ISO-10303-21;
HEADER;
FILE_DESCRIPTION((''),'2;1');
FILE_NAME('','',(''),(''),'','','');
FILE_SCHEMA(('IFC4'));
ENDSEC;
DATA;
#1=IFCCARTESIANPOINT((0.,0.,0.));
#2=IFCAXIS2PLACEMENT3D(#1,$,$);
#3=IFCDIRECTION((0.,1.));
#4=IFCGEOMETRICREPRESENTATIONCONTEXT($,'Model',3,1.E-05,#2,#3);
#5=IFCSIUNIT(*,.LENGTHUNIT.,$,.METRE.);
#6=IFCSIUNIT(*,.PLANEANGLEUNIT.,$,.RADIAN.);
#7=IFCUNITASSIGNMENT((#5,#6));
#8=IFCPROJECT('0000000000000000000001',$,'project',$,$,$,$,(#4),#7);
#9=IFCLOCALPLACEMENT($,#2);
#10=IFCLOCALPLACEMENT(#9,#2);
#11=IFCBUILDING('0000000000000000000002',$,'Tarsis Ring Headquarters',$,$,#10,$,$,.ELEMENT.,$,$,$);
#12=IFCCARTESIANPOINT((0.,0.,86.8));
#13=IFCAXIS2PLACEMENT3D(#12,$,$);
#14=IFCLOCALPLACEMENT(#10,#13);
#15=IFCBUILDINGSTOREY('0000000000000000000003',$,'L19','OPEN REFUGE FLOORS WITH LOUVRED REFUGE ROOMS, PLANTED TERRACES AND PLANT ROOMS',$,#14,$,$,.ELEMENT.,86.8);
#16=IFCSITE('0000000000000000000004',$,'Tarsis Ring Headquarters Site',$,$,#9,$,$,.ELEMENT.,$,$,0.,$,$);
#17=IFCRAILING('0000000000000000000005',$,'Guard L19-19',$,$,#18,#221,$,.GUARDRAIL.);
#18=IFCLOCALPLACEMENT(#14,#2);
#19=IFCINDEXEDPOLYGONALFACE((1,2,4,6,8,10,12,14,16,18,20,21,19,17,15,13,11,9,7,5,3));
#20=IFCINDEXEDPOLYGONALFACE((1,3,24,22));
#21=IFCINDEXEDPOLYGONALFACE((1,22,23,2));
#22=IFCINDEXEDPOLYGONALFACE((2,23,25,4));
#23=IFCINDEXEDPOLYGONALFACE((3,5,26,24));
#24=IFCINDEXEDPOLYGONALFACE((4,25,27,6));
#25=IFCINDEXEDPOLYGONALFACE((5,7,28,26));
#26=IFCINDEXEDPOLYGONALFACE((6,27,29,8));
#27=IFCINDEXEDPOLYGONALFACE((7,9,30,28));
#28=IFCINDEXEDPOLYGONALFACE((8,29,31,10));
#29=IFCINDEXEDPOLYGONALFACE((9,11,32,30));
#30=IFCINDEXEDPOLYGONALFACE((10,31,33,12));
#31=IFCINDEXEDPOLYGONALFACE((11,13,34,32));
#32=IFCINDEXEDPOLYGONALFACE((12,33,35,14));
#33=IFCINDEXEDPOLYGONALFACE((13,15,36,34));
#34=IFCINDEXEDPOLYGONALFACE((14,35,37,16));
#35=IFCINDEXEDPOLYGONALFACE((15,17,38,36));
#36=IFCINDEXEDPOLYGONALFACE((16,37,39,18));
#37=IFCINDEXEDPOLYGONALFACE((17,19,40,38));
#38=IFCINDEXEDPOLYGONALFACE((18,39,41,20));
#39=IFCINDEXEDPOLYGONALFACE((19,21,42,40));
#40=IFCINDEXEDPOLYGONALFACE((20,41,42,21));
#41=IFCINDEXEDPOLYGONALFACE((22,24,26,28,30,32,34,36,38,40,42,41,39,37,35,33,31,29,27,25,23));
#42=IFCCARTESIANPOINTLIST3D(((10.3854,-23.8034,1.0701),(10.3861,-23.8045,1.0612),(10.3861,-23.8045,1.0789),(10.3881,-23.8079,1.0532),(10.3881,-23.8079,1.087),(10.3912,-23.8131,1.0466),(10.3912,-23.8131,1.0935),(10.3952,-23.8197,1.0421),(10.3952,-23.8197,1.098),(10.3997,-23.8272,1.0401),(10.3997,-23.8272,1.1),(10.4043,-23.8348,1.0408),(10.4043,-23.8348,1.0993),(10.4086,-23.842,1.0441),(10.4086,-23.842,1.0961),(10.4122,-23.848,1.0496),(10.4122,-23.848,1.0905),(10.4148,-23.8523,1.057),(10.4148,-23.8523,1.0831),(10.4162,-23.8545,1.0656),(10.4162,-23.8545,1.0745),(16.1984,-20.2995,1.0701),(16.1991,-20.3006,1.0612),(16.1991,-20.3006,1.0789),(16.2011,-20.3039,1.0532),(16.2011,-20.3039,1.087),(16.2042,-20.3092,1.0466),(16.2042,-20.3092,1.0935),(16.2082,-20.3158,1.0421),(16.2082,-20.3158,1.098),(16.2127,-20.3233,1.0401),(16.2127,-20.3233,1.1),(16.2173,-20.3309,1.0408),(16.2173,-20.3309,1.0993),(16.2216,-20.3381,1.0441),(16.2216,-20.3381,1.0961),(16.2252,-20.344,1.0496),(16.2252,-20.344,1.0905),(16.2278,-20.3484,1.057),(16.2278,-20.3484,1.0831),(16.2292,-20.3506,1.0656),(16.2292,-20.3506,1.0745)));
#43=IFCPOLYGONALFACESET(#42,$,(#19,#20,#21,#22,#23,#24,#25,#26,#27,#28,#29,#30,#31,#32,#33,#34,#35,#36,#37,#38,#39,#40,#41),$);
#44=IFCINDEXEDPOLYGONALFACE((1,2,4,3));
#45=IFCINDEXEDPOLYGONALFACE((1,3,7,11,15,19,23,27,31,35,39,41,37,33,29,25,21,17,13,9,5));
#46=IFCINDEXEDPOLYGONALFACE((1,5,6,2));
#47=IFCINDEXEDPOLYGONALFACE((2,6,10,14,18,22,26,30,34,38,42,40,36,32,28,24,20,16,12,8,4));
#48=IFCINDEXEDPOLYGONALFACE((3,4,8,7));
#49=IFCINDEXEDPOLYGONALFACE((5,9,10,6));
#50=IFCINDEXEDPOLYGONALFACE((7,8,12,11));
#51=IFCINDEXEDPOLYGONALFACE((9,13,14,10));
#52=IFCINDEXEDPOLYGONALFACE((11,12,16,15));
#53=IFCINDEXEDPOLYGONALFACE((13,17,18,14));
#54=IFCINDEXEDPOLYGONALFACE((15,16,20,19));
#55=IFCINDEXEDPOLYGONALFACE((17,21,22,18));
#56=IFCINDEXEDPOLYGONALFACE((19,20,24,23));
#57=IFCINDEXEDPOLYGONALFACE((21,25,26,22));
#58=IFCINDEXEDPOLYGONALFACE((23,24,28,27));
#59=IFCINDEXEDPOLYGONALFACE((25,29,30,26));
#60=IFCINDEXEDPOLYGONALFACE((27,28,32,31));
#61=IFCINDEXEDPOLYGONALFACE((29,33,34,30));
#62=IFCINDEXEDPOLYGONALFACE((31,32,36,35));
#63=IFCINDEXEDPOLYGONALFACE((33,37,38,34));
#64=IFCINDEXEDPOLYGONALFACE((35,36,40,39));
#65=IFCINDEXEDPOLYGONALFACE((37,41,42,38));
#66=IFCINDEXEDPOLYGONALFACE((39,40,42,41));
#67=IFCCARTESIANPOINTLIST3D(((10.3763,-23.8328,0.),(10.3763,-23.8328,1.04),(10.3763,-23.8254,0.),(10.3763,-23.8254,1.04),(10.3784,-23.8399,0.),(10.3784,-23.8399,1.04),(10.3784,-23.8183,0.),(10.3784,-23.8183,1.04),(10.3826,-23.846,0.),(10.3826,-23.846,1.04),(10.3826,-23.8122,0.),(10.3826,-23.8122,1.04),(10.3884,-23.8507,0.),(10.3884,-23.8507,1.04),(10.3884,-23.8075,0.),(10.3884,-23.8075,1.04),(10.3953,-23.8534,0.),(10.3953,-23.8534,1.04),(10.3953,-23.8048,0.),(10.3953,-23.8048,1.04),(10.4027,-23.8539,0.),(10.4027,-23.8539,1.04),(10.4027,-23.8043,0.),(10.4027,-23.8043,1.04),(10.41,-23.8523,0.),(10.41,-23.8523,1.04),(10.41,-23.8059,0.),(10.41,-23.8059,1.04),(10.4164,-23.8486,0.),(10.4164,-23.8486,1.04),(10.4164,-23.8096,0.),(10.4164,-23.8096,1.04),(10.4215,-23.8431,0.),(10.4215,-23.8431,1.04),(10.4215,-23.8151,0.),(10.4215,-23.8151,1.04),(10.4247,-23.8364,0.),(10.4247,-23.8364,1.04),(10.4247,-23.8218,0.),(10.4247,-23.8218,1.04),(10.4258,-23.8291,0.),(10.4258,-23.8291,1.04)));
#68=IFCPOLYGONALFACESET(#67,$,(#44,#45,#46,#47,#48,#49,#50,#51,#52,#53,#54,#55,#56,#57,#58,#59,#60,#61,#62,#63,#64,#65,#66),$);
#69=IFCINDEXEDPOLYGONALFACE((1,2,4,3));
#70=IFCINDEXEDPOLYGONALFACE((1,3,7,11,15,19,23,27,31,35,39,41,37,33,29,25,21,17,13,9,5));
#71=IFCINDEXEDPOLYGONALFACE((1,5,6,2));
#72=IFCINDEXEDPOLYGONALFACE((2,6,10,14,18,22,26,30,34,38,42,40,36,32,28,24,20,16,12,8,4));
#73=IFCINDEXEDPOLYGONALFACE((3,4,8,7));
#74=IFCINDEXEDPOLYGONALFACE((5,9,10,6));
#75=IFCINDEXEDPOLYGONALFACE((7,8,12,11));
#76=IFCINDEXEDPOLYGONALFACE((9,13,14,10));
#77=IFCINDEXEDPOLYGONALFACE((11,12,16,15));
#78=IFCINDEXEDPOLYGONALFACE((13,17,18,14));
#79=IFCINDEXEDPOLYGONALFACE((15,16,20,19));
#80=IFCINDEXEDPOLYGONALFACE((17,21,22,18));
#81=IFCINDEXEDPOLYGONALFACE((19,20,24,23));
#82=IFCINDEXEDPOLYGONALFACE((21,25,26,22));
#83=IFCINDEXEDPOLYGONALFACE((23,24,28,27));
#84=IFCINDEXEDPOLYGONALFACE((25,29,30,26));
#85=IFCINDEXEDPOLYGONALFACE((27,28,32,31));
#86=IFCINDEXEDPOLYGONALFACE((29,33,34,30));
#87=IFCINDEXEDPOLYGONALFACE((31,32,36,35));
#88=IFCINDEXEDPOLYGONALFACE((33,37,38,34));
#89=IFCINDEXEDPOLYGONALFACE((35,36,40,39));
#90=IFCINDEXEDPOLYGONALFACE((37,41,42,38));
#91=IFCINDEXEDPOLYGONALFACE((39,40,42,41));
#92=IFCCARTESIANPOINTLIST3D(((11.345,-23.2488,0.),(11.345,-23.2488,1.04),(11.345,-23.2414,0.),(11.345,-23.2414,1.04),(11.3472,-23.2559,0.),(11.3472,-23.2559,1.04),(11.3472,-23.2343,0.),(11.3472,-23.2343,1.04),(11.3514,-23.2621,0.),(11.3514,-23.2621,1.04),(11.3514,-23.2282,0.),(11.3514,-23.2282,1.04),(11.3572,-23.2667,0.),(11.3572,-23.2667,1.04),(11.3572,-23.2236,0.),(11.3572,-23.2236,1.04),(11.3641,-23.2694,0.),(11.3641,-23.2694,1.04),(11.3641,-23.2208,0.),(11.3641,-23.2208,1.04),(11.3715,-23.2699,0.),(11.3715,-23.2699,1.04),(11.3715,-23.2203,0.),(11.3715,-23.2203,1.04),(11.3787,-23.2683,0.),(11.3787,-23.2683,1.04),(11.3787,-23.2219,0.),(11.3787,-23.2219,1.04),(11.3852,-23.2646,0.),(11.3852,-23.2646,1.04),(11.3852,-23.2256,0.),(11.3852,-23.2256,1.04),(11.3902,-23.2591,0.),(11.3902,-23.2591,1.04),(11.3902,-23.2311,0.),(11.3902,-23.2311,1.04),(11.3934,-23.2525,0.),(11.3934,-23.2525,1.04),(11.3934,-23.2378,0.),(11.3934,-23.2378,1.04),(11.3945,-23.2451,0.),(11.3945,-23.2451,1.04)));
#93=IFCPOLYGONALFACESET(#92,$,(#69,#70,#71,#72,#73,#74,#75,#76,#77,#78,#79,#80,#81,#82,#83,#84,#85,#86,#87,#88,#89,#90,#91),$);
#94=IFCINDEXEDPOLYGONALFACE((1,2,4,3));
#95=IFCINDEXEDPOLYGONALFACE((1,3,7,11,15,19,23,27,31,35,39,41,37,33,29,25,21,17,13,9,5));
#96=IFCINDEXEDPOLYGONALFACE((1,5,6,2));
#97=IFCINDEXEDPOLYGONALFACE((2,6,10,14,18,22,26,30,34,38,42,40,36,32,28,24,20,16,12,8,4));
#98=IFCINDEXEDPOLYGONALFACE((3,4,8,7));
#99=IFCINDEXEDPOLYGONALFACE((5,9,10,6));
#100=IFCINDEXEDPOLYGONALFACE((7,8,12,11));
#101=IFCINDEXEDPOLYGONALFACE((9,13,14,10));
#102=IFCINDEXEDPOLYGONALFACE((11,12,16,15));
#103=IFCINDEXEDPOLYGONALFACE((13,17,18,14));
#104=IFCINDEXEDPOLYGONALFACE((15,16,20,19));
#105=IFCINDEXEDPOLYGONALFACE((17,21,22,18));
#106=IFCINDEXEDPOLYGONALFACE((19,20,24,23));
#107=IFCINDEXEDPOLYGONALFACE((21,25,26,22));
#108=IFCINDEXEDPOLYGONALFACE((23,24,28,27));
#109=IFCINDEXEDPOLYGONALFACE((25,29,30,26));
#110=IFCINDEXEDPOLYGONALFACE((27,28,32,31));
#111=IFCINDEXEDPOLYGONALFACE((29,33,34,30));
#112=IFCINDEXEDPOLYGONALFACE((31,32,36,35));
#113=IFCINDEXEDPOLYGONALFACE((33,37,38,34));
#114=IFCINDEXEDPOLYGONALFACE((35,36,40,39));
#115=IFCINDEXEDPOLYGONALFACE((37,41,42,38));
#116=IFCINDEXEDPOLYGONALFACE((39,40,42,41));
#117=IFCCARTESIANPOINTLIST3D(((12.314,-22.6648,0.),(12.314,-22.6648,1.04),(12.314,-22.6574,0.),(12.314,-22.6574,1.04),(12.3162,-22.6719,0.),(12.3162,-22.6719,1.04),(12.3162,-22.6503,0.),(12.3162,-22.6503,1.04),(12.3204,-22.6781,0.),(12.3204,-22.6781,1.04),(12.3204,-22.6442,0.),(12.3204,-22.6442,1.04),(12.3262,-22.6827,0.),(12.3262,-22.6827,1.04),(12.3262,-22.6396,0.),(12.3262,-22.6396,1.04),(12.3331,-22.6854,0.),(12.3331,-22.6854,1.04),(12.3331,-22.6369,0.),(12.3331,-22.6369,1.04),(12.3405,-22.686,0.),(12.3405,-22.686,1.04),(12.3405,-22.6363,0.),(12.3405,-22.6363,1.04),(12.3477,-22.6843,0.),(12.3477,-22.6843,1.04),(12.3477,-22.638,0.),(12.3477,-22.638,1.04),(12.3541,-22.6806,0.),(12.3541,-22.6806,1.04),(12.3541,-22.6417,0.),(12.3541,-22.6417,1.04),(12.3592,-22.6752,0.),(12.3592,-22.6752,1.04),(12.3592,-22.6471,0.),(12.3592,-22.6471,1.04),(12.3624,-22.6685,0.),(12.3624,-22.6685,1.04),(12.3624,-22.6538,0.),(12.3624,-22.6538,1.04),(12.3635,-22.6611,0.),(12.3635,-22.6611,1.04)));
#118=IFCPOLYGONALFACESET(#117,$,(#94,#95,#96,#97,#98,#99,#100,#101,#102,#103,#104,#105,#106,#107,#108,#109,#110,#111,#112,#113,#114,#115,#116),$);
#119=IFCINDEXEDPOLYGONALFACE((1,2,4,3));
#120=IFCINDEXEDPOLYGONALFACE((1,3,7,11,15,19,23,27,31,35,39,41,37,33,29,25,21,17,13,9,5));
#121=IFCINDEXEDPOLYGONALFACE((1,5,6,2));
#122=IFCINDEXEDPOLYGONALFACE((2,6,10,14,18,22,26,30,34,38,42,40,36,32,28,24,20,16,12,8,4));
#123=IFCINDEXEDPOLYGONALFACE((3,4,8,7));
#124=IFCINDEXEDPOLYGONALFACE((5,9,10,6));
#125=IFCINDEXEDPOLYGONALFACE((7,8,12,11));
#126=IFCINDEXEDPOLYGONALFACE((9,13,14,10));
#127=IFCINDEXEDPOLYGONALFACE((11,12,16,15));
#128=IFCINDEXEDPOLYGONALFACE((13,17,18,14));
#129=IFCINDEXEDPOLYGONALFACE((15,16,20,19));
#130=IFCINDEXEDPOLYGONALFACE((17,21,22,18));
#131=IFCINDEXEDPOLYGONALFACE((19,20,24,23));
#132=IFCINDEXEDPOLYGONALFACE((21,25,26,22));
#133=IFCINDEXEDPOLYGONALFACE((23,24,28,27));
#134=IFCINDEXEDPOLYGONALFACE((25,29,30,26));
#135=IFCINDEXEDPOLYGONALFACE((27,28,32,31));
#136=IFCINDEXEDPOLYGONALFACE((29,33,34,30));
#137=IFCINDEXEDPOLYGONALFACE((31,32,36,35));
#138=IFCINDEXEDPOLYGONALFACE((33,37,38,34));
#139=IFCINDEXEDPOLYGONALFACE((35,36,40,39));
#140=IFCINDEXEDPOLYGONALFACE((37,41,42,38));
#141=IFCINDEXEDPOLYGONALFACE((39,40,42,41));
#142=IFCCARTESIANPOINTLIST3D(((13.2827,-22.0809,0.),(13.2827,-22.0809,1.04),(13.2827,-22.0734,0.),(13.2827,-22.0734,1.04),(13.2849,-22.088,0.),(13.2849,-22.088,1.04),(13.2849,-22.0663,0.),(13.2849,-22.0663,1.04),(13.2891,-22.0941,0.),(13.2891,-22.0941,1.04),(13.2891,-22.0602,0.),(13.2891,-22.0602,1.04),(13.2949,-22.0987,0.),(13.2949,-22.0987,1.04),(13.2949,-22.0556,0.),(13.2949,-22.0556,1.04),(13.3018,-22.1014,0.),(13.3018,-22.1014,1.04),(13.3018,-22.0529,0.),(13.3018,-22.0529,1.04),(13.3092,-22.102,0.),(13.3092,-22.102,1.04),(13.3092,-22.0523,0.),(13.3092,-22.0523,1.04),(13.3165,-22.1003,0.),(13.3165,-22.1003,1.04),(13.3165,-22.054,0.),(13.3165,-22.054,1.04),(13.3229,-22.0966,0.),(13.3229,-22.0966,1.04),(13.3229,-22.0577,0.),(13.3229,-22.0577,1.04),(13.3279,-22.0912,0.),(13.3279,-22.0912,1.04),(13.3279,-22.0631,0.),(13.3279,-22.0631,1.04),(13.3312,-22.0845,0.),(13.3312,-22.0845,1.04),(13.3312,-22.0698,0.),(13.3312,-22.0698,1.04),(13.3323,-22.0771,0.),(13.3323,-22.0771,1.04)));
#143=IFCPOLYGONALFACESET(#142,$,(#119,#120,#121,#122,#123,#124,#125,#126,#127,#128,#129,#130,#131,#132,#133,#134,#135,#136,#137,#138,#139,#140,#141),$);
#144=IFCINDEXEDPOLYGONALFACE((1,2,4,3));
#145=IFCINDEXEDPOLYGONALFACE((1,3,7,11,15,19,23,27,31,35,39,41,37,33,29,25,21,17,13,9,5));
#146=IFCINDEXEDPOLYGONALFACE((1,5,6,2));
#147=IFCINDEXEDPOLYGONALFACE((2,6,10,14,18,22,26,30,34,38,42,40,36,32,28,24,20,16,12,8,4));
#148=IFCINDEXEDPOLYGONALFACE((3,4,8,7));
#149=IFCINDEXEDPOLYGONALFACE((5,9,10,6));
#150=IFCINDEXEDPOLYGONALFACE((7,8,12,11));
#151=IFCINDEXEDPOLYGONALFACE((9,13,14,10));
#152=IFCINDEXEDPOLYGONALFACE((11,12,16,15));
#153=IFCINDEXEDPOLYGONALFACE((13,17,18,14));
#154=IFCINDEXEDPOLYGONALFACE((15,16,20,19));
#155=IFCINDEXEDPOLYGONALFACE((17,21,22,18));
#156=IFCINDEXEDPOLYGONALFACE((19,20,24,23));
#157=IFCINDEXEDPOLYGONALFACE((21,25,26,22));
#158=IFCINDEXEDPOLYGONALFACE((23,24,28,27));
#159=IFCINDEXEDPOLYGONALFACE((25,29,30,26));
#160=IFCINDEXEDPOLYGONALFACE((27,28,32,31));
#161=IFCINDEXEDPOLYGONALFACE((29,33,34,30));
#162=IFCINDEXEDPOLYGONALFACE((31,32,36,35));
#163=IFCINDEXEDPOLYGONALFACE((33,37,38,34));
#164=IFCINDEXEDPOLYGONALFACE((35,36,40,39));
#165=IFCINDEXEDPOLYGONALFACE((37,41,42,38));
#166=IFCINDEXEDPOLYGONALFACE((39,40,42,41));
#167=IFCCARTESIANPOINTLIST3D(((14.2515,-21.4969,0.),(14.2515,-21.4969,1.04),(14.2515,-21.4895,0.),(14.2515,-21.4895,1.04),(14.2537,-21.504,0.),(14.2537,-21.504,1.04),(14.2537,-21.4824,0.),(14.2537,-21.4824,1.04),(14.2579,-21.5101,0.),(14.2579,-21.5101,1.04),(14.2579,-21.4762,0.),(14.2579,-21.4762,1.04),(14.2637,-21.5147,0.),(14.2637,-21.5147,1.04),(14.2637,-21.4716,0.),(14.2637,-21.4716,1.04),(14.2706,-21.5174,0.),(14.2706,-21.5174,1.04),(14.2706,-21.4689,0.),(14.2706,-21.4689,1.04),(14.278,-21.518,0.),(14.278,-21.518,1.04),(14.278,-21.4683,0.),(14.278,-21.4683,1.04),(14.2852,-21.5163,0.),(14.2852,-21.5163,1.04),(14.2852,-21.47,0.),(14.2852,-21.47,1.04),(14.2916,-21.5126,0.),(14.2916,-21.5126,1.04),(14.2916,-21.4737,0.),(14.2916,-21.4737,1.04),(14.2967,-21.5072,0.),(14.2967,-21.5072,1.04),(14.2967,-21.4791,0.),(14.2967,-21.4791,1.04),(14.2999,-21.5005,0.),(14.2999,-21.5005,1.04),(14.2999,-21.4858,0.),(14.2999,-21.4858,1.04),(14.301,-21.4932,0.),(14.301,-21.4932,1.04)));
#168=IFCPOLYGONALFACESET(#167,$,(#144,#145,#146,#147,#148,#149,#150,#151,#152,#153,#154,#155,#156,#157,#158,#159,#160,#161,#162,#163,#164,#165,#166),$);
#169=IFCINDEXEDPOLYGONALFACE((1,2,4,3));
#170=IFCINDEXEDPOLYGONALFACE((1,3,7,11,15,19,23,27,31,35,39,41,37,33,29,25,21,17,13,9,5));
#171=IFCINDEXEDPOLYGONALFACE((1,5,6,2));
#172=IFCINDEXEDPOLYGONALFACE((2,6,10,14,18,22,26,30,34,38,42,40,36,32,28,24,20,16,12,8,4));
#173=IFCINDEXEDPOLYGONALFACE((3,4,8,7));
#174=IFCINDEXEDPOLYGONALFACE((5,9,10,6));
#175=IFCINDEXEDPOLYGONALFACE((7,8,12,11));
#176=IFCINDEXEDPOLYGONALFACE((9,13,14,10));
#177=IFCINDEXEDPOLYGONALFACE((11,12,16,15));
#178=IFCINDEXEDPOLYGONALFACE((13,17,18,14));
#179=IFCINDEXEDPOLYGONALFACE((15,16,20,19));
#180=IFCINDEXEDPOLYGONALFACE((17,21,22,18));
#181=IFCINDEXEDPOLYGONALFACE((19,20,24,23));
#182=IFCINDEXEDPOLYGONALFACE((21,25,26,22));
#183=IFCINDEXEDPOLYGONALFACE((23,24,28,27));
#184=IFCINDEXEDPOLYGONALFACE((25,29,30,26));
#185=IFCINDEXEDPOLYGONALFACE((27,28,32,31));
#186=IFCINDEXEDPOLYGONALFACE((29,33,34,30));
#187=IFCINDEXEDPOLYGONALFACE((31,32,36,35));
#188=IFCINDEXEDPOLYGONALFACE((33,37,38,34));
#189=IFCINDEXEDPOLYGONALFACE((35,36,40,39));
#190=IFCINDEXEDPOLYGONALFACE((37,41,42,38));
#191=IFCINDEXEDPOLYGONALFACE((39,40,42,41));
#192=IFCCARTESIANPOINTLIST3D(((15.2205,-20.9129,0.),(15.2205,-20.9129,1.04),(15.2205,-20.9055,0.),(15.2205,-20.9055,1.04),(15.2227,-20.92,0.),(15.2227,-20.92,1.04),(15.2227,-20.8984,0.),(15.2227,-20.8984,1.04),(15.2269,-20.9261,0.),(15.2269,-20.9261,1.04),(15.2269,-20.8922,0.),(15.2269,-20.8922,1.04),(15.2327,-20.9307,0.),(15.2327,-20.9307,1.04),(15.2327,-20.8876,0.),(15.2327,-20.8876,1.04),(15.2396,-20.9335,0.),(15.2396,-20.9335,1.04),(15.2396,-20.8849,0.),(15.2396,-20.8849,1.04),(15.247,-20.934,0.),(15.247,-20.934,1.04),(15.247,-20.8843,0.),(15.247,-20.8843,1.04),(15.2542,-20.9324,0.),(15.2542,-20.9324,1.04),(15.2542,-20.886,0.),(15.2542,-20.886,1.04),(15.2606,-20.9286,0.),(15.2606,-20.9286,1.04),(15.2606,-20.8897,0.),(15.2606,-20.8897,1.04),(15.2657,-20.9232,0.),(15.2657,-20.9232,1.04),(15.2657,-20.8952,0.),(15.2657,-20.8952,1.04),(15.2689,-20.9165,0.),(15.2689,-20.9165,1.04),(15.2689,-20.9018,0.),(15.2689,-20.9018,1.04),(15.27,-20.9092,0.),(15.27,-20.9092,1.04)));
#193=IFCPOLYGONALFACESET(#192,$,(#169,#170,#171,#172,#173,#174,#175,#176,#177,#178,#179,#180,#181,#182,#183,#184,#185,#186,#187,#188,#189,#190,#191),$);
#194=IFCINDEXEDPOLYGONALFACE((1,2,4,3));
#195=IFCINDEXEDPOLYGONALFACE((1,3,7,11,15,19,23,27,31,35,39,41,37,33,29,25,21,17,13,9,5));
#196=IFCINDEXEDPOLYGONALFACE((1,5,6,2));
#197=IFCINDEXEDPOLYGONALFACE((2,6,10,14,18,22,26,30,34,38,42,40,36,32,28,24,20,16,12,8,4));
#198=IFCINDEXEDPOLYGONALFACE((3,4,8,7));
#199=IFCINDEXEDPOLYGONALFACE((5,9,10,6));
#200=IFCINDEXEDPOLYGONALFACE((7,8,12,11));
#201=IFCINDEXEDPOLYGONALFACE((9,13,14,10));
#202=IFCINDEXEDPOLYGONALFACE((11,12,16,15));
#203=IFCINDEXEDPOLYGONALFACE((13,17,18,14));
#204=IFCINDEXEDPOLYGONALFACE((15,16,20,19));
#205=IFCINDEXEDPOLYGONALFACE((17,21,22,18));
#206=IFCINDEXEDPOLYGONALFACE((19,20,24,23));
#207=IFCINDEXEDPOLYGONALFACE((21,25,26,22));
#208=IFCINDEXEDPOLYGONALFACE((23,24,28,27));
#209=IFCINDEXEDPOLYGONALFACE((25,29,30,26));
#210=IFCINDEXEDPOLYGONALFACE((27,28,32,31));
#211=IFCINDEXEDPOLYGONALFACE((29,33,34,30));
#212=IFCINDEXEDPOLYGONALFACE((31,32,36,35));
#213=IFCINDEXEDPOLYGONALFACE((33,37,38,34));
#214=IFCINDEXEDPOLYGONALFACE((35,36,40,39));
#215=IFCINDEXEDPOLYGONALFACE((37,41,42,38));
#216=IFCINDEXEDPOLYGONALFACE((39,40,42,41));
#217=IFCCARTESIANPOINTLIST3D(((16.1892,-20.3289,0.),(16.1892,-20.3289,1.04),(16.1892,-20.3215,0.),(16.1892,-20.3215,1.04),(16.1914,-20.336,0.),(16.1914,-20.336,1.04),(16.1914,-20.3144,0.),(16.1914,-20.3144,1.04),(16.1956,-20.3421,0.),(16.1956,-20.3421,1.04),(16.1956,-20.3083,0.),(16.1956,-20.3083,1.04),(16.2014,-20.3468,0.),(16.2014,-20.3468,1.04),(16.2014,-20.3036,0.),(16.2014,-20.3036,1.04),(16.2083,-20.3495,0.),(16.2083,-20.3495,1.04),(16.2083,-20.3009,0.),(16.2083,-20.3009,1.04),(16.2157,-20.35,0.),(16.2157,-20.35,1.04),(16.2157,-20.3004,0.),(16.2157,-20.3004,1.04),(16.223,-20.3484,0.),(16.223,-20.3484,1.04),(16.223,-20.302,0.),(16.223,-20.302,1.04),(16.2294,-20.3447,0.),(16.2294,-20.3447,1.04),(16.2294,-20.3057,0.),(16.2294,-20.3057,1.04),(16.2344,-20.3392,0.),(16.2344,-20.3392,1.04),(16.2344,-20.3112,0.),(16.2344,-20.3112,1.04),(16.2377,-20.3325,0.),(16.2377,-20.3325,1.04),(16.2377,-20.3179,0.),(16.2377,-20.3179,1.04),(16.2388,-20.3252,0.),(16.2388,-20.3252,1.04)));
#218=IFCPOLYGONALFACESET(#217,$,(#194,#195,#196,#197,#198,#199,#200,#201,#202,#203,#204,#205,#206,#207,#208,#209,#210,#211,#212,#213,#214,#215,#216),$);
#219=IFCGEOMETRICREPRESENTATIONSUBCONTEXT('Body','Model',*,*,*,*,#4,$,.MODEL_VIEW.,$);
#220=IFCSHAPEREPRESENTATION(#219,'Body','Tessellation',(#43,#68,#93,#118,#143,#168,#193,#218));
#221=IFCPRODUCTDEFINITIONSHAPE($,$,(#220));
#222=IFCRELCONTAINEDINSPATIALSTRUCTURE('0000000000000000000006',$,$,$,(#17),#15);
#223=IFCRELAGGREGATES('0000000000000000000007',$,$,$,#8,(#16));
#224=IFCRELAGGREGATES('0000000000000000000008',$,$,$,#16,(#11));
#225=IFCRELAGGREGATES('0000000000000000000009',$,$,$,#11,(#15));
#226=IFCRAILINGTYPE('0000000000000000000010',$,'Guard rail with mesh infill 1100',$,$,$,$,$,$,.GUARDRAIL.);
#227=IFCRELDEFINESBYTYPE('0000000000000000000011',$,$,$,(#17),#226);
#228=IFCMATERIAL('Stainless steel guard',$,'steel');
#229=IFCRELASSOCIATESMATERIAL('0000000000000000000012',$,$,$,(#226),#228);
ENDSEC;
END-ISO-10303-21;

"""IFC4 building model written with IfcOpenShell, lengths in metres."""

from ifc_helpers import new_model, si_unit, direction, frame, origin, origin_2d, place, context, subcontext, project, spatial, circle, extrude, material, type_object, element, save


model = new_model("IFC4")

# Units and contexts
model_context = context("Model", 3, precision=1e-05, world=origin(), true_north=direction((0.0, 1.0)))
body_context = subcontext(model_context, "Body", "Model", "MODEL_VIEW")
ifc_project = project(units=[si_unit("LENGTHUNIT", "METRE"), si_unit("PLANEANGLEUNIT", "RADIAN")], contexts=[model_context])

# Site, building, storey
site_placement = place(None, origin())
site = spatial("IfcSite", under=ifc_project, at=site_placement, Name="Tarsis Ring Headquarters Site", CompositionType="ELEMENT", RefElevation=0.0)
building_placement = place(site_placement, origin())
building = spatial("IfcBuilding", under=site, at=building_placement, Name="Tarsis Ring Headquarters", CompositionType="ELEMENT")
storey_placement = place(building_placement, frame((0.0, 0.0, 86.8)))
storey = spatial("IfcBuildingStorey", under=building, at=storey_placement, Name="L19", Description="OPEN REFUGE FLOORS WITH LOUVRED REFUGE ROOMS, PLANTED TERRACES AND PLANT ROOMS", CompositionType="ELEMENT", Elevation=86.8)

# Railing
ifc_material_1 = material(Name="Stainless steel guard", Category="steel")
railing_type = type_object("IfcRailingType", Name="Guard rail with mesh infill 1100", PredefinedType="GUARDRAIL", material=ifc_material_1)
railing_1_placement = place(storey_placement, frame((10.4009, -23.8291, 0.0)))
element("IfcRailing", 1, at=railing_1_placement, inside=storey, type_object=railing_type, Name="Guard L19-19", PredefinedType="GUARDRAIL", context=body_context, shape_type="SweptSolid", body=[
    extrude(circle(Radius=0.03, at=origin_2d()), frame((0.0, 0.0, 1.0701), z_axis=(0.856444, 0.51624, 0.0), x_axis=(-0.51624, 0.856444, 0.0)), (0.0, 0.0, 1.0), 6.7874),
    extrude(circle(Radius=0.0249, at=origin_2d()), origin(), (0.0, 0.0, 1.0), 1.04),
    extrude(circle(Radius=0.0249, at=origin_2d()), frame((0.9688, 0.584, 0.0)), (0.0, 0.0, 1.0), 1.04),
    extrude(circle(Radius=0.0249, at=origin_2d()), frame((1.9377, 1.168, 0.0)), (0.0, 0.0, 1.0), 1.04),
    extrude(circle(Radius=0.0249, at=origin_2d()), frame((2.9065, 1.752, 0.0)), (0.0, 0.0, 1.0), 1.04),
    extrude(circle(Radius=0.0249, at=origin_2d()), frame((3.8752, 2.3359, 0.0)), (0.0, 0.0, 1.0), 1.04),
    extrude(circle(Radius=0.0249, at=origin_2d()), frame((4.8442, 2.9199, 0.0)), (0.0, 0.0, 1.0), 1.04),
    extrude(circle(Radius=0.0249, at=origin_2d()), frame((5.813, 3.5039, 0.0)), (0.0, 0.0, 1.0), 1.04),
])

save(model, "model.ifc")
